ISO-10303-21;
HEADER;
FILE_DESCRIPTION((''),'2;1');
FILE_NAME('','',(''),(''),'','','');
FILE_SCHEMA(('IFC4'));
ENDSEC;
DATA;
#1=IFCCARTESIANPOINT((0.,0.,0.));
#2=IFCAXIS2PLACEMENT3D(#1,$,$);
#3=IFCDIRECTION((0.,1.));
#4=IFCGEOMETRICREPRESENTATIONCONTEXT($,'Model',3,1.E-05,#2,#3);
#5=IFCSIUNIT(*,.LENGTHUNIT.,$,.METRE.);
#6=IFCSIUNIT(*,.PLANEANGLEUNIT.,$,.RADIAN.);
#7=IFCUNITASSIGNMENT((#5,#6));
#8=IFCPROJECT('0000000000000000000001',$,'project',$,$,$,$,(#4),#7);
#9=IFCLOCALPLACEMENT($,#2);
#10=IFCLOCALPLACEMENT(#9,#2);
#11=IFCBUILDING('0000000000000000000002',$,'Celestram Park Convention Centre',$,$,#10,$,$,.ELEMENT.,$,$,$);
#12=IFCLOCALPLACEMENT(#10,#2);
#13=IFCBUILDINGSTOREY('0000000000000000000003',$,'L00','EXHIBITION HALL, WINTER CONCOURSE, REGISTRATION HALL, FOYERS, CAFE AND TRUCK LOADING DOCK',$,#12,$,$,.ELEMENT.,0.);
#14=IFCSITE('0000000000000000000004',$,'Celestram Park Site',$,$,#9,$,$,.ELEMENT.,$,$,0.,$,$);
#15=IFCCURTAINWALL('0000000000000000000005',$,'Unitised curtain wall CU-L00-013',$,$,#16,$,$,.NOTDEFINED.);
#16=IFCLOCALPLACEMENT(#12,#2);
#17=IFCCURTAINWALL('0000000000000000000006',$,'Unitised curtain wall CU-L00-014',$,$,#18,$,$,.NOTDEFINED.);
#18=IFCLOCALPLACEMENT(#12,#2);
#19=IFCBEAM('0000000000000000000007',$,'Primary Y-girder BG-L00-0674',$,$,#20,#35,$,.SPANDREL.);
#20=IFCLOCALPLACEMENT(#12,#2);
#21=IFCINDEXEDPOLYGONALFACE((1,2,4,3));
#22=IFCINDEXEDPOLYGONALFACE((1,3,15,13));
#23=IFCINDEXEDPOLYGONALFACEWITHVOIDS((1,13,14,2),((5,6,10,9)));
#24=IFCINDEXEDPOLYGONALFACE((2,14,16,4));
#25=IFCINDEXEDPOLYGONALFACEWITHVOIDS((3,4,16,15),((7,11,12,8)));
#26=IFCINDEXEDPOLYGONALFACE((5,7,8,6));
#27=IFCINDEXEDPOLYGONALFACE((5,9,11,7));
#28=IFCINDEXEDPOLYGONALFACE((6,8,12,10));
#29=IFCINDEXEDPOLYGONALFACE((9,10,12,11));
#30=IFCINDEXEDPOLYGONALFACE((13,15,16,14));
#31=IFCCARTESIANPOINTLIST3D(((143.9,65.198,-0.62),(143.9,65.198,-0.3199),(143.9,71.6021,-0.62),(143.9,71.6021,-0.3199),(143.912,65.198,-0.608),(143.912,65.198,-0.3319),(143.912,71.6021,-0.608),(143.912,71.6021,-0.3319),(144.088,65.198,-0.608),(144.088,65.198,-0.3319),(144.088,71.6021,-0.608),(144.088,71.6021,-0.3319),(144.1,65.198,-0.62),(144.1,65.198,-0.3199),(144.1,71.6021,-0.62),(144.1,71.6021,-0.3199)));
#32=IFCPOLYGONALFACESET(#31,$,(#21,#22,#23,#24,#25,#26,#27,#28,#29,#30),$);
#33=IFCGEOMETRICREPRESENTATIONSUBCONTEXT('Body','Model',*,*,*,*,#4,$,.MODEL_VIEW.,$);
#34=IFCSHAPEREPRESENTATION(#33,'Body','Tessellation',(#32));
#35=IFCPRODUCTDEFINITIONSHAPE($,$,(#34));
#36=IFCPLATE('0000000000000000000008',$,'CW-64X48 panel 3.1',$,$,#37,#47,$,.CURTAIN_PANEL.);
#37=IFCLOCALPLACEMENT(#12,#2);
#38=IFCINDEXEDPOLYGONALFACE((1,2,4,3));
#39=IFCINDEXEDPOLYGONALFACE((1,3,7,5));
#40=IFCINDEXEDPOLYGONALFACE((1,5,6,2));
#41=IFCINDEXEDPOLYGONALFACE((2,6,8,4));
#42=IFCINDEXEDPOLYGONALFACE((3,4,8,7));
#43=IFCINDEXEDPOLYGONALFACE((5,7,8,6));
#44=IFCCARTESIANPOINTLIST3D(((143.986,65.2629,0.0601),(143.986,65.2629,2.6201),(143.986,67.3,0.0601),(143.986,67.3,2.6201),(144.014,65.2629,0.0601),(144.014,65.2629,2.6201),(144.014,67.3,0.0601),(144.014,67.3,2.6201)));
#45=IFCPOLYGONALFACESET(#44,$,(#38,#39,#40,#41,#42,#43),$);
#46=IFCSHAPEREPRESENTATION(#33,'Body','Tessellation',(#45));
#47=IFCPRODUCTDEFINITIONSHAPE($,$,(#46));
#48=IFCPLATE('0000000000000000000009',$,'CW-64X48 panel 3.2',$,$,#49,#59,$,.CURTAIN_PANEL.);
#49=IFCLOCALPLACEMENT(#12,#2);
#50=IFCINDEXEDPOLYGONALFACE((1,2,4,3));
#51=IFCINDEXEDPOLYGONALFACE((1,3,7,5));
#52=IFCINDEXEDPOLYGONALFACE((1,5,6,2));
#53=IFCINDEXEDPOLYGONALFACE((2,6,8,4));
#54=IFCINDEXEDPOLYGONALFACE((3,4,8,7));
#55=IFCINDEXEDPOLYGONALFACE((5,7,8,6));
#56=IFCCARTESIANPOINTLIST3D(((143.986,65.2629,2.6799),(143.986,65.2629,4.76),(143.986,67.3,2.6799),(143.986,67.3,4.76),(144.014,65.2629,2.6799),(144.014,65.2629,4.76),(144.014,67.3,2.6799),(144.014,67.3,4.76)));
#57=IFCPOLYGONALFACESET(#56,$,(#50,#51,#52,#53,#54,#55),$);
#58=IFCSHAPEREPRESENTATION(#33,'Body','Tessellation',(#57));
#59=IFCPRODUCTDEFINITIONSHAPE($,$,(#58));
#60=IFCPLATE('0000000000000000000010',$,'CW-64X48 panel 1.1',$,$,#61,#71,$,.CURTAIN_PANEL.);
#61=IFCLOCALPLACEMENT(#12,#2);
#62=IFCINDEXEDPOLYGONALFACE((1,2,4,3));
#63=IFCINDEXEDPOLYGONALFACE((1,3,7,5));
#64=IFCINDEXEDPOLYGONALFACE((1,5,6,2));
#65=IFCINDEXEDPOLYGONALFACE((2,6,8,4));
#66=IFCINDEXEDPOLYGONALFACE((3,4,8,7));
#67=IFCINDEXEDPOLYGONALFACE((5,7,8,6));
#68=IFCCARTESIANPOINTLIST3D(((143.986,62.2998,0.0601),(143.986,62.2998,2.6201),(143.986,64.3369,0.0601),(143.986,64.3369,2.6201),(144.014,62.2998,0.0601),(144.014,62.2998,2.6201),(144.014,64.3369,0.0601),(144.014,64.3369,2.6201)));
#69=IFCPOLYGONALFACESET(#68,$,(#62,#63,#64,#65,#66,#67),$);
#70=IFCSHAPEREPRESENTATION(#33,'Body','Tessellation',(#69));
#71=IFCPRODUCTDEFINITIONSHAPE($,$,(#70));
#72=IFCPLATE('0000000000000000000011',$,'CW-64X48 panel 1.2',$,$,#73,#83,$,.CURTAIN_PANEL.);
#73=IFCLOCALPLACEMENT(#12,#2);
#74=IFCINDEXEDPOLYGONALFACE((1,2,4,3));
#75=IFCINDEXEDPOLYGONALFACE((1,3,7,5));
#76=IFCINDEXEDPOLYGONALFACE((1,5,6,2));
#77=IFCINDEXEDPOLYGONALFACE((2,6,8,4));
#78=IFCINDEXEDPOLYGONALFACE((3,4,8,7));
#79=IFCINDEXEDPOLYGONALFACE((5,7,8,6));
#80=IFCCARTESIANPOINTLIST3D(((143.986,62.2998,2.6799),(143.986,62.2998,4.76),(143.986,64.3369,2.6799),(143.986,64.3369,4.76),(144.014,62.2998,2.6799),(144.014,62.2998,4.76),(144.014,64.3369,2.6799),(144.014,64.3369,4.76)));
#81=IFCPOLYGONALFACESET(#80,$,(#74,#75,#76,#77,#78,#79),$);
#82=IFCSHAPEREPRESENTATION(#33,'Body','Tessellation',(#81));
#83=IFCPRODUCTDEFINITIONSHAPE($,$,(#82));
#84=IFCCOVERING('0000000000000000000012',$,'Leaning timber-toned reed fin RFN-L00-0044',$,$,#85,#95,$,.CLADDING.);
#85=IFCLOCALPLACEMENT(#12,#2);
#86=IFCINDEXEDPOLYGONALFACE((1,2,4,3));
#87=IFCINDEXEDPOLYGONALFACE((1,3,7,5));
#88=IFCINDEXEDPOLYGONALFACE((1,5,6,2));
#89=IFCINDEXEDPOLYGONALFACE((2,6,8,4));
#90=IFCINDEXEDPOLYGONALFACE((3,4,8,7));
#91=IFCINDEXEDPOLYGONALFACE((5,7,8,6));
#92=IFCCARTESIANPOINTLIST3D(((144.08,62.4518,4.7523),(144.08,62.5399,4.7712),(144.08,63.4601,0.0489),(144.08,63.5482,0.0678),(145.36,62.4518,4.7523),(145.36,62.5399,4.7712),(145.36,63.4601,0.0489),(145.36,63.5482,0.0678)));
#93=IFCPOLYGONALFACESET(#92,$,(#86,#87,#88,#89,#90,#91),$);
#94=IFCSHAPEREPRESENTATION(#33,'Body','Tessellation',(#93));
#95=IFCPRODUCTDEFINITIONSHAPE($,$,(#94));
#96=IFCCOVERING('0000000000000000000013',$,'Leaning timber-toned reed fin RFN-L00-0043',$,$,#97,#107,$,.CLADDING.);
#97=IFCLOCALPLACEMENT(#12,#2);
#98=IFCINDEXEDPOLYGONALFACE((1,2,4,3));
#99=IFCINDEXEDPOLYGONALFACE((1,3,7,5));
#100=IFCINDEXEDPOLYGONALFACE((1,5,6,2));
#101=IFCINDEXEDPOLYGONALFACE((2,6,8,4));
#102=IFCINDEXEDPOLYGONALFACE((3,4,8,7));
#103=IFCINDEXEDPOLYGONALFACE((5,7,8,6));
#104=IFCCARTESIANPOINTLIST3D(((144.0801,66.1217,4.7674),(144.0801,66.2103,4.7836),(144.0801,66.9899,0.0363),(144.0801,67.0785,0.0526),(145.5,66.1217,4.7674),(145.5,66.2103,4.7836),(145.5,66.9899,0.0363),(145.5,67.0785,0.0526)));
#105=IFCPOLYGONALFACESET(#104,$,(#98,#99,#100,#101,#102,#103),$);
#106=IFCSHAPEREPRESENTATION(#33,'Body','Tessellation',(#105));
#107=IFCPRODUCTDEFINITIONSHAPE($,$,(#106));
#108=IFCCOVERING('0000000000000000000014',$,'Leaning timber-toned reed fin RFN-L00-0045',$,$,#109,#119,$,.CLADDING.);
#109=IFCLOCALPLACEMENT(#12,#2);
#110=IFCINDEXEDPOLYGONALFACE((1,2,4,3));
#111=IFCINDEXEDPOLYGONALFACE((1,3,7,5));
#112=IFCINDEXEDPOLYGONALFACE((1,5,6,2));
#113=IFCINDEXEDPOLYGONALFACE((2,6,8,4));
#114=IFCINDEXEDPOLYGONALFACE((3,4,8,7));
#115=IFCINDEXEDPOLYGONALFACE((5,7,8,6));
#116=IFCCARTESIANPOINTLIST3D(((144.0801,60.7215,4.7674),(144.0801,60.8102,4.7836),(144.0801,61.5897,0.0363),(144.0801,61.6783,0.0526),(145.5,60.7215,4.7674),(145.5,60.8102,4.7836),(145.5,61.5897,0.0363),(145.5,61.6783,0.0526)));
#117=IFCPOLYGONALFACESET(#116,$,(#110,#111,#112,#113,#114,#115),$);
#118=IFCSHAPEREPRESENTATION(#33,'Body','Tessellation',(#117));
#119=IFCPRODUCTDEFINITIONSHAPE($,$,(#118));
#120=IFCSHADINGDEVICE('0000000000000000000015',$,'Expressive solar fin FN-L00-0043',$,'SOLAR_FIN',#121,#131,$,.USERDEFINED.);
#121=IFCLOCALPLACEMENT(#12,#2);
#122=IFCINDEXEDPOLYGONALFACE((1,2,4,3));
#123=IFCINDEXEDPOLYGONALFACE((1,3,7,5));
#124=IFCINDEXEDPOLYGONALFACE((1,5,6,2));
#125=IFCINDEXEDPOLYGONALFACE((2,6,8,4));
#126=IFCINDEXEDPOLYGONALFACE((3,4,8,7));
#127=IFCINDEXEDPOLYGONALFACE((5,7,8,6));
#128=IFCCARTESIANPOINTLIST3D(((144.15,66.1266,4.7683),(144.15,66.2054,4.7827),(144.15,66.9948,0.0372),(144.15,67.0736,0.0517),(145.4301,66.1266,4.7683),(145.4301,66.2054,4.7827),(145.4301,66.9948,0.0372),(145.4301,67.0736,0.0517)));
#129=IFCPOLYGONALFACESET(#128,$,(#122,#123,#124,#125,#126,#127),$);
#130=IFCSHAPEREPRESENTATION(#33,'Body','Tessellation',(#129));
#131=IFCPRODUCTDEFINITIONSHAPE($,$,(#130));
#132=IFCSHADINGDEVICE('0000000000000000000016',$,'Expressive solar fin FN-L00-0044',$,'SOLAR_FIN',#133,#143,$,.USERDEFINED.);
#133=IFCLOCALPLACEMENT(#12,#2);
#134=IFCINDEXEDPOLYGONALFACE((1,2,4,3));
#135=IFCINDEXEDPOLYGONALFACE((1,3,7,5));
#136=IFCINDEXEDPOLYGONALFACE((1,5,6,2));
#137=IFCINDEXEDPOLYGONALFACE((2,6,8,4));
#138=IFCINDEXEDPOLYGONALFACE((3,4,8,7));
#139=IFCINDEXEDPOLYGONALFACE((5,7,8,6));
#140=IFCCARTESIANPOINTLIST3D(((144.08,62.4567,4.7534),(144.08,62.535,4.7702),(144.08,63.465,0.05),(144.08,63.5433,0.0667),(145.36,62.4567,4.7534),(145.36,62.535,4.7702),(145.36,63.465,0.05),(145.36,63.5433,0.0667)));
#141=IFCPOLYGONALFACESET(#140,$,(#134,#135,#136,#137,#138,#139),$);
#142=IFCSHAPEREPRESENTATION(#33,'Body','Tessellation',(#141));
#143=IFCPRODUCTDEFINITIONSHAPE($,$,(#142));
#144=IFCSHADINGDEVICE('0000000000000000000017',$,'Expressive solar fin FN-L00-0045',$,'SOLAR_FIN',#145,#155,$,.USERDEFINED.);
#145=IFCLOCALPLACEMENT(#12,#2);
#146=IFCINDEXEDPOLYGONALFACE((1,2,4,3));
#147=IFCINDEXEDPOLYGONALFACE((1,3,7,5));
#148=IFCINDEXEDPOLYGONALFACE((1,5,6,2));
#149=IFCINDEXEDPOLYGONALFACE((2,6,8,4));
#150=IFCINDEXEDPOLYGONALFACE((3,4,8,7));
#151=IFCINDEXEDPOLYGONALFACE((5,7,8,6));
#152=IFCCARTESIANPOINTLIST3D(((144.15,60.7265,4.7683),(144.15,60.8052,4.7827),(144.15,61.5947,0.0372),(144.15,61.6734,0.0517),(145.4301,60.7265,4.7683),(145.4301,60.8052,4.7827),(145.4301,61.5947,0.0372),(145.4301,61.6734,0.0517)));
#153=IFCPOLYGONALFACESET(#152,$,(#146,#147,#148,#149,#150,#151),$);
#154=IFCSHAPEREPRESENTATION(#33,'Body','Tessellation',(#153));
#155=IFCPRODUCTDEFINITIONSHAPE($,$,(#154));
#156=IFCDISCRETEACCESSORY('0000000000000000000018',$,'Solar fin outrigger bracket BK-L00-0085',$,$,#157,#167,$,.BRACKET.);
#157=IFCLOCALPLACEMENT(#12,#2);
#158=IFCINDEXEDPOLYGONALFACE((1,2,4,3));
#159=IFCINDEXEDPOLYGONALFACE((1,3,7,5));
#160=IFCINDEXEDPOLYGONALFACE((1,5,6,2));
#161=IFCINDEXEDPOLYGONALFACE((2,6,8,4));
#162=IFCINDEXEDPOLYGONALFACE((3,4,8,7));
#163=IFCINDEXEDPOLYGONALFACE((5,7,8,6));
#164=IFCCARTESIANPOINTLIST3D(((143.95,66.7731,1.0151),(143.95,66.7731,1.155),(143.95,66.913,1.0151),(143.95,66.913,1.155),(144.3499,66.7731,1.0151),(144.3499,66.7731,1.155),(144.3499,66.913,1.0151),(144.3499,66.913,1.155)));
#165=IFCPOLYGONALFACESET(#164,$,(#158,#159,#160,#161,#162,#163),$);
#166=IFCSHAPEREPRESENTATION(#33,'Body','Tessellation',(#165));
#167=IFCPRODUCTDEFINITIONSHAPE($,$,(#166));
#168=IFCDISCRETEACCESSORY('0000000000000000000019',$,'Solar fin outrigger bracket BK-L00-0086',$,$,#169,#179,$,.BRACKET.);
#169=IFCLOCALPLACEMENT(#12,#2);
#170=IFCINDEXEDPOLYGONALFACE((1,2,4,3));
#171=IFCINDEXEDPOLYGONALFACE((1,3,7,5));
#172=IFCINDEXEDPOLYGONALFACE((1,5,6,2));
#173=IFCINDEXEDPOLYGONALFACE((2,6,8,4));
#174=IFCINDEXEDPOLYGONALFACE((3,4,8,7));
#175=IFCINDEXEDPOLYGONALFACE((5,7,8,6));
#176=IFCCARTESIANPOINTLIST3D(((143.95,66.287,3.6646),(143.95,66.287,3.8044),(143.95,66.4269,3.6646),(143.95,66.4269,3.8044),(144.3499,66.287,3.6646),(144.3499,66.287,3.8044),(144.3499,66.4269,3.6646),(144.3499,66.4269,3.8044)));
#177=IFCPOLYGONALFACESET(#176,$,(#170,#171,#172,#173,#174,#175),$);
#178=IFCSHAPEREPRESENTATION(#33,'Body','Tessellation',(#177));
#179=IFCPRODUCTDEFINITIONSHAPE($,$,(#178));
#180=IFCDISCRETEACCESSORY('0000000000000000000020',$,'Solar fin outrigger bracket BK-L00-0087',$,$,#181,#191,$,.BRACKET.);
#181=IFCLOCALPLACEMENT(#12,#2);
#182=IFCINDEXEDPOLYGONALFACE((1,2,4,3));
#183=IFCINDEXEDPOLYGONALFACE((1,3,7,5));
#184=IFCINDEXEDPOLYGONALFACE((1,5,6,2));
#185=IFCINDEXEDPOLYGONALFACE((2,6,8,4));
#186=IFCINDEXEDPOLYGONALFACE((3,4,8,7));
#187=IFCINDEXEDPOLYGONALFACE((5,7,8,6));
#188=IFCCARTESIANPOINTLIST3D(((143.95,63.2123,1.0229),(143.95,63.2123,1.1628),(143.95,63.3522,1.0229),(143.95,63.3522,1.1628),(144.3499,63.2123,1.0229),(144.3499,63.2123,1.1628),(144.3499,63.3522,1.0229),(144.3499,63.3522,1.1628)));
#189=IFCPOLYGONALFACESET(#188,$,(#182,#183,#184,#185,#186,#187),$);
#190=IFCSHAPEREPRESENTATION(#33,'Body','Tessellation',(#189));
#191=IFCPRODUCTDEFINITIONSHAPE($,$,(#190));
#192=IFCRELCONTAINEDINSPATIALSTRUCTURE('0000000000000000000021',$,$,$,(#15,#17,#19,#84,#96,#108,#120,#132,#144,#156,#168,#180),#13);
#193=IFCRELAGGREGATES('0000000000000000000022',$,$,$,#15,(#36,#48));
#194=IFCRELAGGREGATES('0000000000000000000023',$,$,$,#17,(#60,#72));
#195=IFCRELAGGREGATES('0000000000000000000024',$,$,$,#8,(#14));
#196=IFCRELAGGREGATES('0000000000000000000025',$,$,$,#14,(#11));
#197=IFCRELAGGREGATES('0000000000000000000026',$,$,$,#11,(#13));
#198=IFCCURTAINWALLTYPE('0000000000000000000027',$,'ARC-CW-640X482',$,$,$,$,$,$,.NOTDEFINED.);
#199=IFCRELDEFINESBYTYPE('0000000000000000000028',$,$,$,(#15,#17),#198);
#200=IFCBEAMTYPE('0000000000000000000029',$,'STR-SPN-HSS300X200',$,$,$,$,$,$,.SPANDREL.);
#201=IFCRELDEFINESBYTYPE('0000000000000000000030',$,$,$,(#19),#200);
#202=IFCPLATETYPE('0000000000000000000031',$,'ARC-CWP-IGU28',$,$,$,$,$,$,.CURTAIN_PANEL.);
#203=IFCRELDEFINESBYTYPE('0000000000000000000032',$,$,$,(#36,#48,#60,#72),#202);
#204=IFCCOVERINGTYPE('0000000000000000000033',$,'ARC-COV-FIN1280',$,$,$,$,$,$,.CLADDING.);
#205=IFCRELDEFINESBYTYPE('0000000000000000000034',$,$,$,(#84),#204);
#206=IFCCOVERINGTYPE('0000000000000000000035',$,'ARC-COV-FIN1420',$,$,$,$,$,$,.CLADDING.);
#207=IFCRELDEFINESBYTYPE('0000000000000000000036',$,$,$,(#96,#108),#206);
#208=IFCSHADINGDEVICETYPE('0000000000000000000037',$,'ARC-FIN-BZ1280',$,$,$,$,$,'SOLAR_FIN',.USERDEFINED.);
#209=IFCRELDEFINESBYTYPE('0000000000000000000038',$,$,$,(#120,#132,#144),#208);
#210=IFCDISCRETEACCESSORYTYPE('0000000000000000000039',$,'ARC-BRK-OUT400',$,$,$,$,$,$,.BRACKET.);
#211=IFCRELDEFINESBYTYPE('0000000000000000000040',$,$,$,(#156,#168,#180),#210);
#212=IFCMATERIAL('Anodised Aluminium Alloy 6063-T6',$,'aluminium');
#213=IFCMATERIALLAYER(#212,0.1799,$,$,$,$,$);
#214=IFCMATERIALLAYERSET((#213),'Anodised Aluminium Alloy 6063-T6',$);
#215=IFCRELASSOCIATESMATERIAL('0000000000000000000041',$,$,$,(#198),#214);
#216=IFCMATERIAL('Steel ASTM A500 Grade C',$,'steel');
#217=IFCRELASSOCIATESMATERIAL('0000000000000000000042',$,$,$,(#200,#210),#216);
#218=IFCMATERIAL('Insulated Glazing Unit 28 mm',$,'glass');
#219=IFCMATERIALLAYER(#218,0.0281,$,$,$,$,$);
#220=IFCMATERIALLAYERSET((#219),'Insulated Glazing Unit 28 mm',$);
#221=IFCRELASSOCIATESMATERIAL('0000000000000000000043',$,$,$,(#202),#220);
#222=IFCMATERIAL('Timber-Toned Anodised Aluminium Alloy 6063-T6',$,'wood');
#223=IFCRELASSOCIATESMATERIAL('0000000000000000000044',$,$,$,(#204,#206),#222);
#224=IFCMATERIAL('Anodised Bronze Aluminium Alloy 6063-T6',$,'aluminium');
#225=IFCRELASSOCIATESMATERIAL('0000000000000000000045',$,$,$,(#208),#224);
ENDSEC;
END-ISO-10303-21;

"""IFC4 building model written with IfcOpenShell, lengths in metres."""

from ifc_helpers import new_model, si_unit, direction, frame, origin, origin_2d, place, context, subcontext, project, spatial, rectangle, hollow_rectangle, extrude, material, layer, layer_set, material_profile, profile_set, type_object, element, aggregate, save


model = new_model("IFC4")

# Units and contexts
model_context = context("Model", 3, precision=1e-05, world=origin(), true_north=direction((0.0, 1.0)))
body_context = subcontext(model_context, "Body", "Model", "MODEL_VIEW")
ifc_project = project(units=[si_unit("LENGTHUNIT", "METRE"), si_unit("PLANEANGLEUNIT", "RADIAN")], contexts=[model_context])

# Site, building, storey
site_placement = place(None, origin())
site = spatial("IfcSite", under=ifc_project, at=site_placement, Name="Celestram Park Site", CompositionType="ELEMENT", RefElevation=0.0)
building_placement = place(site_placement, origin())
building = spatial("IfcBuilding", under=site, at=building_placement, Name="Celestram Park Convention Centre", CompositionType="ELEMENT")
storey_placement = place(building_placement, origin())
storey = spatial("IfcBuildingStorey", under=building, at=storey_placement, Name="L00", Description="EXHIBITION HALL, WINTER CONCOURSE, REGISTRATION HALL, FOYERS, CAFE AND TRUCK LOADING DOCK", CompositionType="ELEMENT", Elevation=0.0)

# Curtain wall
ifc_material_1 = material(Name="Anodised Aluminium Alloy 6063-T6", Category="aluminium")
ifc_layer_1 = layer(ifc_material_1, 0.1799)
ifc_layer_set_1 = layer_set([ifc_layer_1], Name="Anodised Aluminium Alloy 6063-T6")
curtain_wall_type = type_object("IfcCurtainWallType", Name="ARC-CW-640X482", PredefinedType="NOTDEFINED", material=ifc_layer_set_1)
curtain_wall_1_placement = place(storey_placement, origin())
curtain_wall_1 = element("IfcCurtainWall", 1, at=curtain_wall_1_placement, inside=storey, type_object=curtain_wall_type, Name="Unitised curtain wall CU-L00-013", PredefinedType="NOTDEFINED")

# Curtain wall
curtain_wall_2_placement = place(storey_placement, origin())
curtain_wall_2 = element("IfcCurtainWall", 2, at=curtain_wall_2_placement, inside=storey, type_object=curtain_wall_type, Name="Unitised curtain wall CU-L00-014", PredefinedType="NOTDEFINED")

# Beam
ifc_material_2 = material(Name="Steel ASTM A500 Grade C", Category="steel")
ifc_material_profile_1 = material_profile(ifc_material_2, hollow_rectangle(XDim=0.2, YDim=0.3, WallThickness=0.012, at=origin_2d()), Name="HSS300X200X12")
ifc_profile_set_1 = profile_set([ifc_material_profile_1], Name="Steel ASTM A500 Grade C")
beam_type = type_object("IfcBeamType", Name="STR-SPN-HSS300X200", PredefinedType="SPANDREL", material=ifc_profile_set_1)
beam_placement = place(storey_placement, frame((144.0, 65.198, -0.47), z_axis=(0.0, 1.0, 0.0), x_axis=(-1.0, 0.0, 0.0)))
element("IfcBeam", 3, at=beam_placement, inside=storey, type_object=beam_type, Name="Primary Y-girder BG-L00-0674", PredefinedType="SPANDREL", context=body_context, shape_type="SweptSolid", body=[
    extrude(hollow_rectangle(XDim=0.2, YDim=0.3, WallThickness=0.012, at=origin_2d()), origin(), (0.0, 0.0, 1.0), 6.4041),
])

# Plates
ifc_material_3 = material(Name="Insulated Glazing Unit 28 mm", Category="glass")
ifc_layer_2 = layer(ifc_material_3, 0.0281)
ifc_layer_set_2 = layer_set([ifc_layer_2], Name="Insulated Glazing Unit 28 mm")
plate_type = type_object("IfcPlateType", Name="ARC-CWP-IGU28", PredefinedType="CURTAIN_PANEL", material=ifc_layer_set_2)
plate_1_placement = place(storey_placement, frame((144.0, 66.2815, 0.0601), z_axis=(0.0, 0.0, 1.0), x_axis=(0.0, -1.0, 0.0)))
plate_1 = element("IfcPlate", 4, at=plate_1_placement, type_object=plate_type, Name="CW-64X48 panel 3.1", PredefinedType="CURTAIN_PANEL", context=body_context, shape_type="SweptSolid", body=[
    extrude(rectangle(XDim=2.0371, YDim=0.0281, at=origin_2d()), origin(), (0.0, 0.0, 1.0), 2.5601),
])
plate_2_placement = place(storey_placement, frame((144.0, 66.2815, 2.6799), z_axis=(0.0, 0.0, 1.0), x_axis=(0.0, -1.0, 0.0)))
plate_2 = element("IfcPlate", 5, at=plate_2_placement, type_object=plate_type, Name="CW-64X48 panel 3.2", PredefinedType="CURTAIN_PANEL", context=body_context, shape_type="SweptSolid", body=[
    extrude(rectangle(XDim=2.0371, YDim=0.0281, at=origin_2d()), origin(), (0.0, 0.0, 1.0), 2.0801),
])
aggregate(curtain_wall_1, [plate_1, plate_2])
plate_3_placement = place(storey_placement, frame((144.0, 63.3184, 0.0601), z_axis=(0.0, 0.0, 1.0), x_axis=(0.0, -1.0, 0.0)))
plate_3 = element("IfcPlate", 6, at=plate_3_placement, type_object=plate_type, Name="CW-64X48 panel 1.1", PredefinedType="CURTAIN_PANEL", context=body_context, shape_type="SweptSolid", body=[
    extrude(rectangle(XDim=2.0371, YDim=0.0281, at=origin_2d()), origin(), (0.0, 0.0, 1.0), 2.5601),
])
plate_4_placement = place(storey_placement, frame((144.0, 63.3184, 2.6799), z_axis=(0.0, 0.0, 1.0), x_axis=(0.0, -1.0, 0.0)))
plate_4 = element("IfcPlate", 7, at=plate_4_placement, type_object=plate_type, Name="CW-64X48 panel 1.2", PredefinedType="CURTAIN_PANEL", context=body_context, shape_type="SweptSolid", body=[
    extrude(rectangle(XDim=2.0371, YDim=0.0281, at=origin_2d()), origin(), (0.0, 0.0, 1.0), 2.0801),
])
aggregate(curtain_wall_2, [plate_3, plate_4])

# Coverings
ifc_material_4 = material(Name="Timber-Toned Anodised Aluminium Alloy 6063-T6", Category="wood")
ifc_material_profile_2 = material_profile(ifc_material_4, rectangle(XDim=1.28, YDim=0.0901, at=origin_2d()), Name="REED1280X90")
ifc_profile_set_2 = profile_set([ifc_material_profile_2], Name="Timber-Toned Anodised Aluminium Alloy 6063-T6")
covering_type_1 = type_object("IfcCoveringType", Name="ARC-COV-FIN1280", PredefinedType="CLADDING", material=ifc_profile_set_2)
covering_placement = place(storey_placement, frame((144.72, 63.5042, 0.0583), z_axis=(0.0, -0.209616, 0.977784), x_axis=(1.0, 0.0, 0.0)))
element("IfcCovering", 8, at=covering_placement, inside=storey, type_object=covering_type_1, Name="Leaning timber-toned reed fin RFN-L00-0044", PredefinedType="CLADDING", context=body_context, shape_type="SweptSolid", body=[
    extrude(rectangle(XDim=1.28, YDim=0.0901, at=origin_2d()), origin(), (0.0, 0.0, 1.0), 4.8103),
])
ifc_material_profile_3 = material_profile(ifc_material_4, rectangle(XDim=1.4199, YDim=0.0901, at=origin_2d()), Name="REED1420X90")
ifc_profile_set_3 = profile_set([ifc_material_profile_3], Name="Timber-Toned Anodised Aluminium Alloy 6063-T6")
covering_type_2 = type_object("IfcCoveringType", Name="ARC-COV-FIN1420", PredefinedType="CLADDING", material=ifc_profile_set_3)
for number, where, z_axis, x_axis, name in (
    (9, (144.79, 67.0342, 0.0444), (0.0, -0.180493, 0.983576), (1.0, 0.0, 0.0), "Leaning timber-toned reed fin RFN-L00-0043"),
    (10, (144.79, 61.634, 0.0444), (0.0, -0.180493, 0.983576), (1.0, 0.0, 0.0), "Leaning timber-toned reed fin RFN-L00-0045"),
):
    element("IfcCovering", number, at=place(storey_placement, frame(where, z_axis=z_axis, x_axis=x_axis)), inside=storey, type_object=covering_type_2, Name=name, PredefinedType="CLADDING", context=body_context, shape_type="SweptSolid", body=[
        extrude(rectangle(XDim=1.4199, YDim=0.0901, at=origin_2d()), origin(), (0.0, 0.0, 1.0), 4.8101),
    ])

# Shading devices
ifc_material_5 = material(Name="Anodised Bronze Aluminium Alloy 6063-T6", Category="aluminium")
ifc_material_profile_4 = material_profile(ifc_material_5, rectangle(XDim=1.28, YDim=0.0801, at=origin_2d()), Name="FIN1280X80")
ifc_profile_set_4 = profile_set([ifc_material_profile_4], Name="Anodised Bronze Aluminium Alloy 6063-T6")
shading_device_type = type_object("IfcShadingDeviceType", Name="ARC-FIN-BZ1280", ElementType="SOLAR_FIN", PredefinedType="USERDEFINED", material=ifc_profile_set_4)
shading_device_1_placement = place(storey_placement, frame((144.79, 67.0342, 0.0444), z_axis=(0.0, -0.180493, 0.983576), x_axis=(1.0, 0.0, 0.0)))
element("IfcShadingDevice", 11, at=shading_device_1_placement, inside=storey, type_object=shading_device_type, Name="Expressive solar fin FN-L00-0043", ObjectType="SOLAR_FIN", PredefinedType="USERDEFINED", context=body_context, shape_type="SweptSolid", body=[
    extrude(rectangle(XDim=1.28, YDim=0.0801, at=origin_2d()), origin(), (0.0, 0.0, 1.0), 4.8101),
])
shading_device_2_placement = place(storey_placement, frame((144.72, 63.5042, 0.0583), z_axis=(0.0, -0.209616, 0.977784), x_axis=(1.0, 0.0, 0.0)))
element("IfcShadingDevice", 12, at=shading_device_2_placement, inside=storey, type_object=shading_device_type, Name="Expressive solar fin FN-L00-0044", ObjectType="SOLAR_FIN", PredefinedType="USERDEFINED", context=body_context, shape_type="SweptSolid", body=[
    extrude(rectangle(XDim=1.28, YDim=0.0801, at=origin_2d()), origin(), (0.0, 0.0, 1.0), 4.8103),
])
shading_device_3_placement = place(storey_placement, frame((144.79, 61.634, 0.0444), z_axis=(0.0, -0.180493, 0.983576), x_axis=(1.0, 0.0, 0.0)))
element("IfcShadingDevice", 13, at=shading_device_3_placement, inside=storey, type_object=shading_device_type, Name="Expressive solar fin FN-L00-0045", ObjectType="SOLAR_FIN", PredefinedType="USERDEFINED", context=body_context, shape_type="SweptSolid", body=[
    extrude(rectangle(XDim=1.28, YDim=0.0801, at=origin_2d()), origin(), (0.0, 0.0, 1.0), 4.8101),
])

# Discrete accessories
discrete_accessory_type = type_object("IfcDiscreteAccessoryType", Name="ARC-BRK-OUT400", PredefinedType="BRACKET", material=ifc_material_2)
for number, where, z_axis, x_axis, name in (
    (14, (144.1499, 66.843, 1.0151), (0.0, 0.0, 1.0), (1.0, 0.0, 0.0), "Solar fin outrigger bracket BK-L00-0085"),
    (15, (144.1499, 66.3569, 3.6646), (0.0, 0.0, 1.0), (1.0, 0.0, 0.0), "Solar fin outrigger bracket BK-L00-0086"),
    (16, (144.1499, 63.2822, 1.0229), (0.0, 0.0, 1.0), (1.0, 0.0, 0.0), "Solar fin outrigger bracket BK-L00-0087"),
):
    element("IfcDiscreteAccessory", number, at=place(storey_placement, frame(where, z_axis=z_axis, x_axis=x_axis)), inside=storey, type_object=discrete_accessory_type, Name=name, PredefinedType="BRACKET", context=body_context, shape_type="SweptSolid", body=[
        extrude(rectangle(XDim=0.3999, YDim=0.1399, at=origin_2d()), origin(), (0.0, 0.0, 1.0), 0.1399),
    ])

save(model, "model.ifc")
